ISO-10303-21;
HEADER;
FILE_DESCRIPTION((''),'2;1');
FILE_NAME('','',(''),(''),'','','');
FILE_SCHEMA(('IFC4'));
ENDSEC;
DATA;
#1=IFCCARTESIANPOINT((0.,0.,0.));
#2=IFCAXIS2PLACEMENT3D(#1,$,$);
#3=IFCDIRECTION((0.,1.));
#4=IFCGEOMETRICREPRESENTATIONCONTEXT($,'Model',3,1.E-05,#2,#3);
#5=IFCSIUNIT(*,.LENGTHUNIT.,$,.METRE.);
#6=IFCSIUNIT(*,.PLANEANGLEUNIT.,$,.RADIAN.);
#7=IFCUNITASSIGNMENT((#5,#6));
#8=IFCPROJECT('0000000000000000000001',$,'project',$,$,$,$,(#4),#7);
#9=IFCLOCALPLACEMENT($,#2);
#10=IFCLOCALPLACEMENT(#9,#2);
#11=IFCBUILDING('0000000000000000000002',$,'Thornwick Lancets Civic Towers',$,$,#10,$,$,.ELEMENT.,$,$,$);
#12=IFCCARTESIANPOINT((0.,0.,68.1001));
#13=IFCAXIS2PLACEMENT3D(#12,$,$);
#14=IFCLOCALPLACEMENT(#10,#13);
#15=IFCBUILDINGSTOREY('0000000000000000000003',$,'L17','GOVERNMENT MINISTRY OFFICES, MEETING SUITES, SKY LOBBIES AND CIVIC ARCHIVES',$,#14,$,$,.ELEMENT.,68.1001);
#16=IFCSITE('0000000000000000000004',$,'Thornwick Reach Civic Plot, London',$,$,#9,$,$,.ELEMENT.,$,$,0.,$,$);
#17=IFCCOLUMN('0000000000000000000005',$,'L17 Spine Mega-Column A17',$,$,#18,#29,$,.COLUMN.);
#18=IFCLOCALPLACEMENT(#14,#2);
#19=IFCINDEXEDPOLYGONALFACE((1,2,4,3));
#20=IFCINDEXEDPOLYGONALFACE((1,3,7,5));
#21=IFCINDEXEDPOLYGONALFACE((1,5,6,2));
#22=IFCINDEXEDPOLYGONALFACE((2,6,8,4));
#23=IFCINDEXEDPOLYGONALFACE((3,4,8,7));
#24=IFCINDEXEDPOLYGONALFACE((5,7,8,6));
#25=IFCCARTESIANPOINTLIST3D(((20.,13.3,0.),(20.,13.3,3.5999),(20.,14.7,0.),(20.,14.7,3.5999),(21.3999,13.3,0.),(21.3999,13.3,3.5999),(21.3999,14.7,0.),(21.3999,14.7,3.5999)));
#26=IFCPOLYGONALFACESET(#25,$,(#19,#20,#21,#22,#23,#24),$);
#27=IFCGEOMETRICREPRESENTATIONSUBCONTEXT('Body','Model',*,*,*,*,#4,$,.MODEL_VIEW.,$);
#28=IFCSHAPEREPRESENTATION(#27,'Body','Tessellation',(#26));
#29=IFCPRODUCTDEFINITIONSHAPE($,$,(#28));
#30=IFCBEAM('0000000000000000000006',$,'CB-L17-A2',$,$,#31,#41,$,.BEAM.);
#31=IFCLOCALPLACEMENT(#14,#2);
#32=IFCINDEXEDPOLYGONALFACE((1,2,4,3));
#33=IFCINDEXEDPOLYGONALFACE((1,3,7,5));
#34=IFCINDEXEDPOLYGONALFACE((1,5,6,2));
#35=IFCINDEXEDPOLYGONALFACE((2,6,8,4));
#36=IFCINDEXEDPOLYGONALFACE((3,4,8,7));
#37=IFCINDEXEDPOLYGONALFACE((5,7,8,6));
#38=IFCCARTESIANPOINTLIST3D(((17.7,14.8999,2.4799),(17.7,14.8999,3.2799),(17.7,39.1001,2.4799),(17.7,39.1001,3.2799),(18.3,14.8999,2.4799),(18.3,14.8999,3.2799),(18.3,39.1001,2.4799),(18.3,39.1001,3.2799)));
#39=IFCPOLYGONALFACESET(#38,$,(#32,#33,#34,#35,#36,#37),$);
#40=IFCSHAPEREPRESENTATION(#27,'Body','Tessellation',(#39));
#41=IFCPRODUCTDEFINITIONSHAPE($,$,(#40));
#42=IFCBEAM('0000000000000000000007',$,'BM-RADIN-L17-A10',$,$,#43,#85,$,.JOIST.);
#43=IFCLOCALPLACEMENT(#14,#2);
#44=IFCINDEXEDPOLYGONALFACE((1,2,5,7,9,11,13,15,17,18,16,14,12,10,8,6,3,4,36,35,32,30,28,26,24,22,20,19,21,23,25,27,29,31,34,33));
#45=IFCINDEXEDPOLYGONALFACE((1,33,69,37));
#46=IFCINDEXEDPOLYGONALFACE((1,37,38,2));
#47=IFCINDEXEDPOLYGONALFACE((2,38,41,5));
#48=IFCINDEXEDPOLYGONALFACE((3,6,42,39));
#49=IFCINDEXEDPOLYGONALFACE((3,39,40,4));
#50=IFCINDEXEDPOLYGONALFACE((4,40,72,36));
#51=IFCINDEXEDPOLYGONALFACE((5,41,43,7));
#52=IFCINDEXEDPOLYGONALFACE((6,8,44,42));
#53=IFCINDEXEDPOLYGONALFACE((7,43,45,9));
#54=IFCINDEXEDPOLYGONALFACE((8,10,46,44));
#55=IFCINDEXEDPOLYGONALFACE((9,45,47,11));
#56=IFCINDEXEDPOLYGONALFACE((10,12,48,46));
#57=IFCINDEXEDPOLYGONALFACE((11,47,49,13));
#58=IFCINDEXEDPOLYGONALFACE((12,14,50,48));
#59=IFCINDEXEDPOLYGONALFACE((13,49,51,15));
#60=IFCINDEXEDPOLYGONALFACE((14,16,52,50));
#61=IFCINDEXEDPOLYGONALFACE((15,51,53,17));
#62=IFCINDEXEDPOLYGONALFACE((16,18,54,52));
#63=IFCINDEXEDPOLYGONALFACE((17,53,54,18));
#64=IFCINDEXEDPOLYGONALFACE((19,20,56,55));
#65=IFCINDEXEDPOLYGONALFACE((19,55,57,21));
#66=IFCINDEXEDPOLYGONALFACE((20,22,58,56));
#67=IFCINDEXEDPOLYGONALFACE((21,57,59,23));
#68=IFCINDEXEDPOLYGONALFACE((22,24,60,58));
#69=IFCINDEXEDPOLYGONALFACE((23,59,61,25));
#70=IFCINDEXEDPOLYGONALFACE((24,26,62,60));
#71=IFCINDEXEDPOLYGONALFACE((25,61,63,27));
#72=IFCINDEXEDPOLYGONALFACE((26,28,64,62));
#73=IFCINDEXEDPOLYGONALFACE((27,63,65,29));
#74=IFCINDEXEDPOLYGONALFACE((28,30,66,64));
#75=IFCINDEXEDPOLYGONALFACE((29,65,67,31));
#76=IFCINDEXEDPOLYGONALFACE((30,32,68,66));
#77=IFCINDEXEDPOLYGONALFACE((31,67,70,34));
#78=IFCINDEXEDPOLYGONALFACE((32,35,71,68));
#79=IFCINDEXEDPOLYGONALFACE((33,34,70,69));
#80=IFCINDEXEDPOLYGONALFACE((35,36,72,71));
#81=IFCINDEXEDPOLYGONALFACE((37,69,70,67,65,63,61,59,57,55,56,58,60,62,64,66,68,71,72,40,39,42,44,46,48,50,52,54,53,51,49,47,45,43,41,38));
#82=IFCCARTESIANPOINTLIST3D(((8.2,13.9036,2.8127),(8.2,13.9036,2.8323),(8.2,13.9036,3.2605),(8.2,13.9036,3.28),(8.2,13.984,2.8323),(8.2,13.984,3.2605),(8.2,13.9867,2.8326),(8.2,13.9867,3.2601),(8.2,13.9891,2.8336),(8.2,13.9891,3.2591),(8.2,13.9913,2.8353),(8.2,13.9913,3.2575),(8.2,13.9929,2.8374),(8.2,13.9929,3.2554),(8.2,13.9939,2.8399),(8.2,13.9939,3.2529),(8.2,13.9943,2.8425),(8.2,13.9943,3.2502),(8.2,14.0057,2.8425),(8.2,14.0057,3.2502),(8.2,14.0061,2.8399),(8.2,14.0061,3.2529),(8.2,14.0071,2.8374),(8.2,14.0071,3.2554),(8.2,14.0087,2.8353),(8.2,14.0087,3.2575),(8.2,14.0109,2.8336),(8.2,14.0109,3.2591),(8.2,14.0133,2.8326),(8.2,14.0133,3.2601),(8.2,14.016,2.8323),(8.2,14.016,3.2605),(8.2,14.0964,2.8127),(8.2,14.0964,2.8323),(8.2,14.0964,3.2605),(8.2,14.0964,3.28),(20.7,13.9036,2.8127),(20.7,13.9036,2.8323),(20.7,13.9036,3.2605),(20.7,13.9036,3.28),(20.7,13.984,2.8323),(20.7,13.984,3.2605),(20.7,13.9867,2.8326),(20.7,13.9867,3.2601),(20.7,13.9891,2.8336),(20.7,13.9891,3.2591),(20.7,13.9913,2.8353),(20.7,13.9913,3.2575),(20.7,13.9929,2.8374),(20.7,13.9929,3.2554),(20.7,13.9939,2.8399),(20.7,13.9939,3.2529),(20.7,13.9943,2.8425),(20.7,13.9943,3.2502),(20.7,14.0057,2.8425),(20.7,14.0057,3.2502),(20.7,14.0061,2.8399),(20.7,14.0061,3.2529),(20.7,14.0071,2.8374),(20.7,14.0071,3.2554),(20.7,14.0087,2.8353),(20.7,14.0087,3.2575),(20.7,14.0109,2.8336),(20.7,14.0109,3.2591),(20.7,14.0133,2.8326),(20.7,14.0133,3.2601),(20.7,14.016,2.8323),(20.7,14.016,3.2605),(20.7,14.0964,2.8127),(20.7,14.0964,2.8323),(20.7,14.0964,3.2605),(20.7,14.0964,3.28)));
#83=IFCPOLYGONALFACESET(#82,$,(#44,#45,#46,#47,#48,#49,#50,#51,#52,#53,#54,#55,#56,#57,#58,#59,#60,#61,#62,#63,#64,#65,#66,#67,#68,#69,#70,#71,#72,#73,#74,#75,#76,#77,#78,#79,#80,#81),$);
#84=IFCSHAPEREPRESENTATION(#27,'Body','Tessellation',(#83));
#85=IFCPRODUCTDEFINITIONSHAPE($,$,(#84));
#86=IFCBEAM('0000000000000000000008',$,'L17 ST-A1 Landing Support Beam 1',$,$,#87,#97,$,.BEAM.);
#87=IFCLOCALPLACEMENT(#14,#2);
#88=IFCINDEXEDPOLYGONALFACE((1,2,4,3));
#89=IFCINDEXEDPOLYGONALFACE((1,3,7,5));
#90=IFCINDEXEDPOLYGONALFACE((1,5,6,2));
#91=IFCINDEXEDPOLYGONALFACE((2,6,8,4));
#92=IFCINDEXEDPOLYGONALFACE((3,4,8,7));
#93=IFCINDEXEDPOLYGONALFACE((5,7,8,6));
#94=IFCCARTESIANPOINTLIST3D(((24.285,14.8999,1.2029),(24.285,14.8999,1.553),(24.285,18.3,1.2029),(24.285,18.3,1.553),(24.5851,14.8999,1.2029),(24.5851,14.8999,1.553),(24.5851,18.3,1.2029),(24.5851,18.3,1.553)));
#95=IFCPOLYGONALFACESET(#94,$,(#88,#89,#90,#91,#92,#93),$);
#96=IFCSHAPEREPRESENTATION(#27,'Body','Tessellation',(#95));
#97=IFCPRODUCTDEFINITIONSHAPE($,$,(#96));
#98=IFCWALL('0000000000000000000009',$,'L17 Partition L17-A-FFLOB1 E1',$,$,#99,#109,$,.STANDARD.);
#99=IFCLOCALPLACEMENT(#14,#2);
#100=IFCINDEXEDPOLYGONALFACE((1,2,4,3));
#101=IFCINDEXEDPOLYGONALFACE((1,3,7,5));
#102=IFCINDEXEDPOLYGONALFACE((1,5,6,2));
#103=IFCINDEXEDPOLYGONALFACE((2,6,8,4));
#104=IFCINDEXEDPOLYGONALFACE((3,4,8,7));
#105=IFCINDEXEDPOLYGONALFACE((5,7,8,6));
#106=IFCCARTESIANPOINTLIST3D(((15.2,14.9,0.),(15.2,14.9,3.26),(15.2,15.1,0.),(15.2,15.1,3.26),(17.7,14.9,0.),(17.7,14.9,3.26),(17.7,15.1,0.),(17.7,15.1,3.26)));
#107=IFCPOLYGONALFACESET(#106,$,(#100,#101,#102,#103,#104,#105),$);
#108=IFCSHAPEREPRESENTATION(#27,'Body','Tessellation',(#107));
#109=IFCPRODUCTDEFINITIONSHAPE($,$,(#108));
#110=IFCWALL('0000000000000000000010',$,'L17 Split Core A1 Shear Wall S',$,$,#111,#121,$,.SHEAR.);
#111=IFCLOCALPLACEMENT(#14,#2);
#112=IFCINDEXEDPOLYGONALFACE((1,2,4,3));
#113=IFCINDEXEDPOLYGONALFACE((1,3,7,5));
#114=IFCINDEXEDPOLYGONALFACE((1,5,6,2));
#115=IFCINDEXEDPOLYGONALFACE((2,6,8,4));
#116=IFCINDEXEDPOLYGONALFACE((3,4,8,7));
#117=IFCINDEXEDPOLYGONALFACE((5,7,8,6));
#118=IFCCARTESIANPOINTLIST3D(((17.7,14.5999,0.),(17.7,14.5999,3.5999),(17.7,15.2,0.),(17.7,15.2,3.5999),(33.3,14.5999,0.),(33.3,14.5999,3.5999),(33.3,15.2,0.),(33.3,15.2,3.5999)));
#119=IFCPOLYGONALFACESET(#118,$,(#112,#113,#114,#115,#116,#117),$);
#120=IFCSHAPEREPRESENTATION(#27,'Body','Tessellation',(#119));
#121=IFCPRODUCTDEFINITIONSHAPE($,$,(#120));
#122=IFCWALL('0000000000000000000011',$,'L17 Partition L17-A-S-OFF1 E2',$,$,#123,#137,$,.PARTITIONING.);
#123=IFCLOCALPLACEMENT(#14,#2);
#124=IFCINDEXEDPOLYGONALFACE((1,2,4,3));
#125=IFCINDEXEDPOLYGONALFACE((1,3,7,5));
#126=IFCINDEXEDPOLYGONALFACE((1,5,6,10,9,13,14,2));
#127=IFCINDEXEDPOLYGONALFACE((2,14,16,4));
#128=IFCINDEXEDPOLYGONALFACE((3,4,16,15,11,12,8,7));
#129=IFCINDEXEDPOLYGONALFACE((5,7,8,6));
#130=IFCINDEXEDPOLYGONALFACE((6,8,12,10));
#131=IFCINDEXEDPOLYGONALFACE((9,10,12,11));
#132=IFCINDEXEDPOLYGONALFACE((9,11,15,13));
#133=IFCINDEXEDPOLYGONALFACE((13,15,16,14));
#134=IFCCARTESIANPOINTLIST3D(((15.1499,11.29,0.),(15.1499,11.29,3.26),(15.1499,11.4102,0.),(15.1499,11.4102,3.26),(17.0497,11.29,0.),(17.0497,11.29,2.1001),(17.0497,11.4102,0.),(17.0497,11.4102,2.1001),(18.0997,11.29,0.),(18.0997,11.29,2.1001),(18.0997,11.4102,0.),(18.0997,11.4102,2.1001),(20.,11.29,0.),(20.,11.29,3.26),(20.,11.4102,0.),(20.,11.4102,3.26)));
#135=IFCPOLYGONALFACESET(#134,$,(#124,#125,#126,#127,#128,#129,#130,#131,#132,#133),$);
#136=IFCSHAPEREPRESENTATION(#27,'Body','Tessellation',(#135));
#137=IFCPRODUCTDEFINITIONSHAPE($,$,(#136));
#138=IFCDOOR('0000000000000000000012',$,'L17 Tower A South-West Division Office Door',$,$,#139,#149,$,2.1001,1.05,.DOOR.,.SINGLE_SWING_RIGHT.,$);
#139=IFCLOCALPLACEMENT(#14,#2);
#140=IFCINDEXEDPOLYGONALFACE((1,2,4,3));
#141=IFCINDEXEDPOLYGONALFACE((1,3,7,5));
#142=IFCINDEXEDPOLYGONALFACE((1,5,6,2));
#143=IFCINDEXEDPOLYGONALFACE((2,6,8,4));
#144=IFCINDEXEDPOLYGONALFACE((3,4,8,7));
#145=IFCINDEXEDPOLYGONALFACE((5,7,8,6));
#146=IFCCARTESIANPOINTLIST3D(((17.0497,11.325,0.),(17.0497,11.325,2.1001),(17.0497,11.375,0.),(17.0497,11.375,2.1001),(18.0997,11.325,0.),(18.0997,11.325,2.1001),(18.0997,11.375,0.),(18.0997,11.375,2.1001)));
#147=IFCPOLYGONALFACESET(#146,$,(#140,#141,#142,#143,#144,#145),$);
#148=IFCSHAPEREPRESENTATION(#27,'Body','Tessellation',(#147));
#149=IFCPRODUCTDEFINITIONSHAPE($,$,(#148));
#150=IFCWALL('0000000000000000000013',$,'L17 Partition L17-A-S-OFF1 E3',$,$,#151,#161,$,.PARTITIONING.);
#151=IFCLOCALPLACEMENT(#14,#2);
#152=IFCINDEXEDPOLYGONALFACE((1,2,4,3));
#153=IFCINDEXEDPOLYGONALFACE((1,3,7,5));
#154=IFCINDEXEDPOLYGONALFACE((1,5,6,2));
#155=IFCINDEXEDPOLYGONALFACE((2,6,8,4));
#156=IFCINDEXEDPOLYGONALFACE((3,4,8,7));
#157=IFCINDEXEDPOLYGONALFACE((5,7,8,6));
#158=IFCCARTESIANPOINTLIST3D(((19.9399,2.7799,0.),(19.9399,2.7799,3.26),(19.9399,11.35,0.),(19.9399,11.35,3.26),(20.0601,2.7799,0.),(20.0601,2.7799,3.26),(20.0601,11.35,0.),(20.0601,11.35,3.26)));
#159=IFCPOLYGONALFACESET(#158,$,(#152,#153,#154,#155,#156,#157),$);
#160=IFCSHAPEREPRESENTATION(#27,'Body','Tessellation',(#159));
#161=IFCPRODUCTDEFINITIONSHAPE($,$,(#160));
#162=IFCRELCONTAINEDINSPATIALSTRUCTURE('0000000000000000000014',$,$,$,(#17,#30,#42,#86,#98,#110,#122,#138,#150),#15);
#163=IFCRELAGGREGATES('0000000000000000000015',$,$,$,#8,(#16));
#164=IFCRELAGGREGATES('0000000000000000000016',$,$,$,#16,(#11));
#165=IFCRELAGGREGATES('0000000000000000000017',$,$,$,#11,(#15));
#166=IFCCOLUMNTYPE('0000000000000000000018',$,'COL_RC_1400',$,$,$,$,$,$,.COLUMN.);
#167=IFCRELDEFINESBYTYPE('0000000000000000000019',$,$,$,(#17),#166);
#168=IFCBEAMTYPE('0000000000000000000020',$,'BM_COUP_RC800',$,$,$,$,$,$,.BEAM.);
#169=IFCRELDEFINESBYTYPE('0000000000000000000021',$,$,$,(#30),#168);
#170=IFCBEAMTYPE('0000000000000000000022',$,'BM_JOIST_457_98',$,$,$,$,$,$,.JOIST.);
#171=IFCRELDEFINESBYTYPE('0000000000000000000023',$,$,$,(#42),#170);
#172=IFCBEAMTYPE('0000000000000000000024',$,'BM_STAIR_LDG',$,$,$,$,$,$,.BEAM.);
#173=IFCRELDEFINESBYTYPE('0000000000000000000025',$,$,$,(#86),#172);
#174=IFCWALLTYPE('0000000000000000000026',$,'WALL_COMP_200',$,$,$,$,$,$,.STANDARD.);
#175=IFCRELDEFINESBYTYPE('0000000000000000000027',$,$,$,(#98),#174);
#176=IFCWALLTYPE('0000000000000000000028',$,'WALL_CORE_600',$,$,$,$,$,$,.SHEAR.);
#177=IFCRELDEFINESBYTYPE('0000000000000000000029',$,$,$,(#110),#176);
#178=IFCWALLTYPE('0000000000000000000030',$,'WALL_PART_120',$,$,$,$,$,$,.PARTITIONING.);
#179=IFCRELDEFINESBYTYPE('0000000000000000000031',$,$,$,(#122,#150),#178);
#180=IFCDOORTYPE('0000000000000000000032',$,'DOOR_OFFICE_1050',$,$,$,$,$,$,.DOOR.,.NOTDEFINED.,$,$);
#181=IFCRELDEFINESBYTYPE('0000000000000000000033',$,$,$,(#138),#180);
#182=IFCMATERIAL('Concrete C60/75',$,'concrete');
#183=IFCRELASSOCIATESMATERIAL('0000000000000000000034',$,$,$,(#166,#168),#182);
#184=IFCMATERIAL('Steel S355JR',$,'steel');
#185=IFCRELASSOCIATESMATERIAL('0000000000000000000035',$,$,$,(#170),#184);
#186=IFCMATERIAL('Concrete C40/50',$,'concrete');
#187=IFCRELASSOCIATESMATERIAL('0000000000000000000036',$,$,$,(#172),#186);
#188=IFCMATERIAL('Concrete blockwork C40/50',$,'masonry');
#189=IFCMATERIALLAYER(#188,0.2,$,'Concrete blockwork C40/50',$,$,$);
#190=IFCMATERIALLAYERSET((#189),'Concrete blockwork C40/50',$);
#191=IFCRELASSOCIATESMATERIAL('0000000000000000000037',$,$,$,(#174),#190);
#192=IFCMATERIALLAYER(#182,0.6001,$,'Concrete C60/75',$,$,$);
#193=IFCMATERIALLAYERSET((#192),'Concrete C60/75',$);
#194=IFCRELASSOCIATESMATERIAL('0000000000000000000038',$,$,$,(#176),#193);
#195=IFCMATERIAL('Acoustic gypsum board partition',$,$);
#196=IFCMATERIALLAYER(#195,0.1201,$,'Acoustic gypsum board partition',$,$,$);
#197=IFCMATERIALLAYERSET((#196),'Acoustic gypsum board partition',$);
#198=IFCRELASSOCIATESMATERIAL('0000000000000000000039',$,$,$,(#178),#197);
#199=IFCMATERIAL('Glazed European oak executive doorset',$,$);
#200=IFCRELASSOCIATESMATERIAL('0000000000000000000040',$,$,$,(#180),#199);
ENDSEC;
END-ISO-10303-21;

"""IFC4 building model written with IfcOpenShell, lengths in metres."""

from ifc_helpers import new_model, si_unit, direction, frame, frame_2d, origin, origin_2d, place, context, subcontext, project, spatial, rectangle, i_section, extrude, material, layer, layer_set, material_profile, profile_set, type_object, element, fill, save


model = new_model("IFC4")

# Units and contexts
model_context = context("Model", 3, precision=1e-05, world=origin(), true_north=direction((0.0, 1.0)))
body_context = subcontext(model_context, "Body", "Model", "MODEL_VIEW")
ifc_project = project(units=[si_unit("LENGTHUNIT", "METRE"), si_unit("PLANEANGLEUNIT", "RADIAN")], contexts=[model_context])

# Site, building, storey
site_placement = place(None, origin())
site = spatial("IfcSite", under=ifc_project, at=site_placement, Name="Thornwick Reach Civic Plot, London", CompositionType="ELEMENT", RefElevation=0.0)
building_placement = place(site_placement, origin())
building = spatial("IfcBuilding", under=site, at=building_placement, Name="Thornwick Lancets Civic Towers", CompositionType="ELEMENT")
storey_placement = place(building_placement, frame((0.0, 0.0, 68.1001)))
storey = spatial("IfcBuildingStorey", under=building, at=storey_placement, Name="L17", Description="GOVERNMENT MINISTRY OFFICES, MEETING SUITES, SKY LOBBIES AND CIVIC ARCHIVES", CompositionType="ELEMENT", Elevation=68.1001)

# Column
ifc_material_1 = material(Name="Concrete C60/75", Category="concrete")
ifc_material_profile_1 = material_profile(ifc_material_1, rectangle(XDim=1.3999, YDim=1.3999, at=origin_2d()), Name="RC 1400x1400")
ifc_profile_set_1 = profile_set([ifc_material_profile_1], Name="Concrete C60/75")
column_type = type_object("IfcColumnType", Name="COL_RC_1400", PredefinedType="COLUMN", material=ifc_profile_set_1)
column_placement = place(storey_placement, frame((20.7, 14.0, 0.0), z_axis=(0.0, 0.0, 1.0), x_axis=(1.0, 0.0, 0.0)))
element("IfcColumn", 1, at=column_placement, inside=storey, type_object=column_type, Name="L17 Spine Mega-Column A17", PredefinedType="COLUMN", context=body_context, shape_type="SweptSolid", body=[
    extrude(rectangle(XDim=1.3999, YDim=1.3999, at=origin_2d()), origin(), (0.0, 0.0, 1.0), 3.5999),
])

# Beams
ifc_material_profile_2 = material_profile(ifc_material_1, rectangle(XDim=0.6001, YDim=0.8, at=origin_2d()), Name="RC 600x800")
ifc_profile_set_2 = profile_set([ifc_material_profile_2], Name="Concrete C60/75")
beam_type_1 = type_object("IfcBeamType", Name="BM_COUP_RC800", PredefinedType="BEAM", material=ifc_profile_set_2)
beam_1_placement = place(storey_placement, frame((18.0, 14.8999, 2.8799), z_axis=(0.0, 1.0, 0.0), x_axis=(-1.0, 0.0, 0.0)))
element("IfcBeam", 2, at=beam_1_placement, inside=storey, type_object=beam_type_1, Name="CB-L17-A2", PredefinedType="BEAM", context=body_context, shape_type="SweptSolid", body=[
    extrude(rectangle(XDim=0.6001, YDim=0.8, at=origin_2d()), origin(), (0.0, 0.0, 1.0), 24.2002),
])
ifc_material_2 = material(Name="Steel S355JR", Category="steel")
ifc_material_profile_3 = material_profile(ifc_material_2, i_section(OverallWidth=0.1929, OverallDepth=0.4673, WebThickness=0.0115, FlangeThickness=0.0195, FilletRadius=0.0103, at=origin_2d()), Name="UKB 457x191x98")
ifc_profile_set_3 = profile_set([ifc_material_profile_3], Name="Steel S355JR")
beam_type_2 = type_object("IfcBeamType", Name="BM_JOIST_457_98", PredefinedType="JOIST", material=ifc_profile_set_3)
beam_2_placement = place(storey_placement, frame((20.7, 14.0, 3.0464), z_axis=(-1.0, 0.0, 0.0), x_axis=(0.0, -1.0, 0.0)))
element("IfcBeam", 3, at=beam_2_placement, inside=storey, type_object=beam_type_2, Name="BM-RADIN-L17-A10", PredefinedType="JOIST", context=body_context, shape_type="SweptSolid", body=[
    extrude(i_section(OverallWidth=0.1929, OverallDepth=0.4673, WebThickness=0.0115, FlangeThickness=0.0195, FilletRadius=0.0103, at=origin_2d()), origin(), (0.0, 0.0, 1.0), 12.5),
])
ifc_material_3 = material(Name="Concrete C40/50", Category="concrete")
ifc_material_profile_4 = material_profile(ifc_material_3, rectangle(XDim=0.3, YDim=0.3501, at=origin_2d()), Name="RC 300x350")
ifc_profile_set_4 = profile_set([ifc_material_profile_4], Name="Concrete C40/50")
beam_type_3 = type_object("IfcBeamType", Name="BM_STAIR_LDG", PredefinedType="BEAM", material=ifc_profile_set_4)
beam_3_placement = place(storey_placement, frame((24.4351, 14.8999, 1.3779), z_axis=(0.0, 1.0, 0.0), x_axis=(-1.0, 0.0, 0.0)))
element("IfcBeam", 4, at=beam_3_placement, inside=storey, type_object=beam_type_3, Name="L17 ST-A1 Landing Support Beam 1", PredefinedType="BEAM", context=body_context, shape_type="SweptSolid", body=[
    extrude(rectangle(XDim=0.3, YDim=0.3501, at=origin_2d()), origin(), (0.0, 0.0, 1.0), 3.4001),
])

# Walls
ifc_material_4 = material(Name="Concrete blockwork C40/50", Category="masonry")
ifc_layer_1 = layer(ifc_material_4, 0.2, Name="Concrete blockwork C40/50")
ifc_layer_set_1 = layer_set([ifc_layer_1], Name="Concrete blockwork C40/50")
wall_type_1 = type_object("IfcWallType", Name="WALL_COMP_200", PredefinedType="STANDARD", material=ifc_layer_set_1)
wall_1_placement = place(storey_placement, frame((15.2, 15.0, 0.0), z_axis=(0.0, 0.0, 1.0), x_axis=(1.0, 0.0, 0.0)))
element("IfcWall", 5, at=wall_1_placement, inside=storey, type_object=wall_type_1, Name="L17 Partition L17-A-FFLOB1 E1", PredefinedType="STANDARD", context=body_context, shape_type="SweptSolid", body=[
    extrude(rectangle(XDim=2.5, YDim=0.2, at=frame_2d((1.25, 0.0))), origin(), (0.0, 0.0, 1.0), 3.26),
])
ifc_layer_2 = layer(ifc_material_1, 0.6001, Name="Concrete C60/75")
ifc_layer_set_2 = layer_set([ifc_layer_2], Name="Concrete C60/75")
wall_type_2 = type_object("IfcWallType", Name="WALL_CORE_600", PredefinedType="SHEAR", material=ifc_layer_set_2)
wall_2_placement = place(storey_placement, frame((17.7, 14.8999, 0.0), z_axis=(0.0, 0.0, 1.0), x_axis=(1.0, 0.0, 0.0)))
element("IfcWall", 6, at=wall_2_placement, inside=storey, type_object=wall_type_2, Name="L17 Split Core A1 Shear Wall S", PredefinedType="SHEAR", context=body_context, shape_type="SweptSolid", body=[
    extrude(rectangle(XDim=15.6001, YDim=0.6001, at=frame_2d((7.8, 0.0))), origin(), (0.0, 0.0, 1.0), 3.5999),
])

# Wall, opening, door
ifc_material_5 = material(Name="Acoustic gypsum board partition")
ifc_layer_3 = layer(ifc_material_5, 0.1201, Name="Acoustic gypsum board partition")
ifc_layer_set_3 = layer_set([ifc_layer_3], Name="Acoustic gypsum board partition")
wall_type_3 = type_object("IfcWallType", Name="WALL_PART_120", PredefinedType="PARTITIONING", material=ifc_layer_set_3)
wall_3_placement = place(storey_placement, frame((15.1499, 11.3501, 0.0), z_axis=(0.0, 0.0, 1.0), x_axis=(1.0, 0.0, 0.0)))
wall_3 = element("IfcWall", 7, at=wall_3_placement, inside=storey, type_object=wall_type_3, Name="L17 Partition L17-A-S-OFF1 E2", PredefinedType="PARTITIONING", context=body_context, shape_type="SweptSolid", body=[
    extrude(rectangle(XDim=4.8501, YDim=0.1201, at=frame_2d((2.425, 0.0))), origin(), (0.0, 0.0, 1.0), 3.26),
])
opening_1_placement = place(wall_3_placement, frame((1.8999, 0.0, 0.0)))
opening_1 = element("IfcOpeningElement", 8, at=opening_1_placement, cuts=wall_3, PredefinedType="OPENING", context=body_context, shape_type="SweptSolid", body=[
    extrude(rectangle(XDim=1.05, YDim=2.1001, at=frame_2d((0.5249, 1.05))), frame((0.0, 0.0701, 0.0), z_axis=(0.0, -1.0, 0.0), x_axis=(1.0, 0.0, 0.0)), (0.0, 0.0, 1.0), 0.1401),
])
ifc_material_6 = material(Name="Glazed European oak executive doorset")
door_type_1 = type_object("IfcDoorType", Name="DOOR_OFFICE_1050", OperationType="NOTDEFINED", PredefinedType="DOOR", material=ifc_material_6)
door_1_placement = place(opening_1_placement, origin())
door_1 = element("IfcDoor", 9, at=door_1_placement, inside=storey, type_object=door_type_1, Name="L17 Tower A South-West Division Office Door", OperationType="SINGLE_SWING_RIGHT", OverallHeight=2.1001, OverallWidth=1.05, PredefinedType="DOOR", context=body_context, shape_type="SweptSolid", body=[
    extrude(rectangle(XDim=1.05, YDim=2.1001, at=frame_2d((0.5249, 1.05))), frame((0.0, 0.0249, 0.0), z_axis=(0.0, -1.0, 0.0), x_axis=(1.0, 0.0, 0.0)), (0.0, 0.0, 1.0), 0.05),
])
fill(opening_1, door_1)

# Wall
wall_4_placement = place(storey_placement, frame((20.0, 11.3501, 0.0), z_axis=(0.0, 0.0, 1.0), x_axis=(0.0, -1.0, 0.0)))
element("IfcWall", 10, at=wall_4_placement, inside=storey, type_object=wall_type_3, Name="L17 Partition L17-A-S-OFF1 E3", PredefinedType="PARTITIONING", context=body_context, shape_type="SweptSolid", body=[
    extrude(rectangle(XDim=8.5701, YDim=0.1201, at=frame_2d((4.2852, 0.0))), origin(), (0.0, 0.0, 1.0), 3.26),
])

save(model, "model.ifc")
